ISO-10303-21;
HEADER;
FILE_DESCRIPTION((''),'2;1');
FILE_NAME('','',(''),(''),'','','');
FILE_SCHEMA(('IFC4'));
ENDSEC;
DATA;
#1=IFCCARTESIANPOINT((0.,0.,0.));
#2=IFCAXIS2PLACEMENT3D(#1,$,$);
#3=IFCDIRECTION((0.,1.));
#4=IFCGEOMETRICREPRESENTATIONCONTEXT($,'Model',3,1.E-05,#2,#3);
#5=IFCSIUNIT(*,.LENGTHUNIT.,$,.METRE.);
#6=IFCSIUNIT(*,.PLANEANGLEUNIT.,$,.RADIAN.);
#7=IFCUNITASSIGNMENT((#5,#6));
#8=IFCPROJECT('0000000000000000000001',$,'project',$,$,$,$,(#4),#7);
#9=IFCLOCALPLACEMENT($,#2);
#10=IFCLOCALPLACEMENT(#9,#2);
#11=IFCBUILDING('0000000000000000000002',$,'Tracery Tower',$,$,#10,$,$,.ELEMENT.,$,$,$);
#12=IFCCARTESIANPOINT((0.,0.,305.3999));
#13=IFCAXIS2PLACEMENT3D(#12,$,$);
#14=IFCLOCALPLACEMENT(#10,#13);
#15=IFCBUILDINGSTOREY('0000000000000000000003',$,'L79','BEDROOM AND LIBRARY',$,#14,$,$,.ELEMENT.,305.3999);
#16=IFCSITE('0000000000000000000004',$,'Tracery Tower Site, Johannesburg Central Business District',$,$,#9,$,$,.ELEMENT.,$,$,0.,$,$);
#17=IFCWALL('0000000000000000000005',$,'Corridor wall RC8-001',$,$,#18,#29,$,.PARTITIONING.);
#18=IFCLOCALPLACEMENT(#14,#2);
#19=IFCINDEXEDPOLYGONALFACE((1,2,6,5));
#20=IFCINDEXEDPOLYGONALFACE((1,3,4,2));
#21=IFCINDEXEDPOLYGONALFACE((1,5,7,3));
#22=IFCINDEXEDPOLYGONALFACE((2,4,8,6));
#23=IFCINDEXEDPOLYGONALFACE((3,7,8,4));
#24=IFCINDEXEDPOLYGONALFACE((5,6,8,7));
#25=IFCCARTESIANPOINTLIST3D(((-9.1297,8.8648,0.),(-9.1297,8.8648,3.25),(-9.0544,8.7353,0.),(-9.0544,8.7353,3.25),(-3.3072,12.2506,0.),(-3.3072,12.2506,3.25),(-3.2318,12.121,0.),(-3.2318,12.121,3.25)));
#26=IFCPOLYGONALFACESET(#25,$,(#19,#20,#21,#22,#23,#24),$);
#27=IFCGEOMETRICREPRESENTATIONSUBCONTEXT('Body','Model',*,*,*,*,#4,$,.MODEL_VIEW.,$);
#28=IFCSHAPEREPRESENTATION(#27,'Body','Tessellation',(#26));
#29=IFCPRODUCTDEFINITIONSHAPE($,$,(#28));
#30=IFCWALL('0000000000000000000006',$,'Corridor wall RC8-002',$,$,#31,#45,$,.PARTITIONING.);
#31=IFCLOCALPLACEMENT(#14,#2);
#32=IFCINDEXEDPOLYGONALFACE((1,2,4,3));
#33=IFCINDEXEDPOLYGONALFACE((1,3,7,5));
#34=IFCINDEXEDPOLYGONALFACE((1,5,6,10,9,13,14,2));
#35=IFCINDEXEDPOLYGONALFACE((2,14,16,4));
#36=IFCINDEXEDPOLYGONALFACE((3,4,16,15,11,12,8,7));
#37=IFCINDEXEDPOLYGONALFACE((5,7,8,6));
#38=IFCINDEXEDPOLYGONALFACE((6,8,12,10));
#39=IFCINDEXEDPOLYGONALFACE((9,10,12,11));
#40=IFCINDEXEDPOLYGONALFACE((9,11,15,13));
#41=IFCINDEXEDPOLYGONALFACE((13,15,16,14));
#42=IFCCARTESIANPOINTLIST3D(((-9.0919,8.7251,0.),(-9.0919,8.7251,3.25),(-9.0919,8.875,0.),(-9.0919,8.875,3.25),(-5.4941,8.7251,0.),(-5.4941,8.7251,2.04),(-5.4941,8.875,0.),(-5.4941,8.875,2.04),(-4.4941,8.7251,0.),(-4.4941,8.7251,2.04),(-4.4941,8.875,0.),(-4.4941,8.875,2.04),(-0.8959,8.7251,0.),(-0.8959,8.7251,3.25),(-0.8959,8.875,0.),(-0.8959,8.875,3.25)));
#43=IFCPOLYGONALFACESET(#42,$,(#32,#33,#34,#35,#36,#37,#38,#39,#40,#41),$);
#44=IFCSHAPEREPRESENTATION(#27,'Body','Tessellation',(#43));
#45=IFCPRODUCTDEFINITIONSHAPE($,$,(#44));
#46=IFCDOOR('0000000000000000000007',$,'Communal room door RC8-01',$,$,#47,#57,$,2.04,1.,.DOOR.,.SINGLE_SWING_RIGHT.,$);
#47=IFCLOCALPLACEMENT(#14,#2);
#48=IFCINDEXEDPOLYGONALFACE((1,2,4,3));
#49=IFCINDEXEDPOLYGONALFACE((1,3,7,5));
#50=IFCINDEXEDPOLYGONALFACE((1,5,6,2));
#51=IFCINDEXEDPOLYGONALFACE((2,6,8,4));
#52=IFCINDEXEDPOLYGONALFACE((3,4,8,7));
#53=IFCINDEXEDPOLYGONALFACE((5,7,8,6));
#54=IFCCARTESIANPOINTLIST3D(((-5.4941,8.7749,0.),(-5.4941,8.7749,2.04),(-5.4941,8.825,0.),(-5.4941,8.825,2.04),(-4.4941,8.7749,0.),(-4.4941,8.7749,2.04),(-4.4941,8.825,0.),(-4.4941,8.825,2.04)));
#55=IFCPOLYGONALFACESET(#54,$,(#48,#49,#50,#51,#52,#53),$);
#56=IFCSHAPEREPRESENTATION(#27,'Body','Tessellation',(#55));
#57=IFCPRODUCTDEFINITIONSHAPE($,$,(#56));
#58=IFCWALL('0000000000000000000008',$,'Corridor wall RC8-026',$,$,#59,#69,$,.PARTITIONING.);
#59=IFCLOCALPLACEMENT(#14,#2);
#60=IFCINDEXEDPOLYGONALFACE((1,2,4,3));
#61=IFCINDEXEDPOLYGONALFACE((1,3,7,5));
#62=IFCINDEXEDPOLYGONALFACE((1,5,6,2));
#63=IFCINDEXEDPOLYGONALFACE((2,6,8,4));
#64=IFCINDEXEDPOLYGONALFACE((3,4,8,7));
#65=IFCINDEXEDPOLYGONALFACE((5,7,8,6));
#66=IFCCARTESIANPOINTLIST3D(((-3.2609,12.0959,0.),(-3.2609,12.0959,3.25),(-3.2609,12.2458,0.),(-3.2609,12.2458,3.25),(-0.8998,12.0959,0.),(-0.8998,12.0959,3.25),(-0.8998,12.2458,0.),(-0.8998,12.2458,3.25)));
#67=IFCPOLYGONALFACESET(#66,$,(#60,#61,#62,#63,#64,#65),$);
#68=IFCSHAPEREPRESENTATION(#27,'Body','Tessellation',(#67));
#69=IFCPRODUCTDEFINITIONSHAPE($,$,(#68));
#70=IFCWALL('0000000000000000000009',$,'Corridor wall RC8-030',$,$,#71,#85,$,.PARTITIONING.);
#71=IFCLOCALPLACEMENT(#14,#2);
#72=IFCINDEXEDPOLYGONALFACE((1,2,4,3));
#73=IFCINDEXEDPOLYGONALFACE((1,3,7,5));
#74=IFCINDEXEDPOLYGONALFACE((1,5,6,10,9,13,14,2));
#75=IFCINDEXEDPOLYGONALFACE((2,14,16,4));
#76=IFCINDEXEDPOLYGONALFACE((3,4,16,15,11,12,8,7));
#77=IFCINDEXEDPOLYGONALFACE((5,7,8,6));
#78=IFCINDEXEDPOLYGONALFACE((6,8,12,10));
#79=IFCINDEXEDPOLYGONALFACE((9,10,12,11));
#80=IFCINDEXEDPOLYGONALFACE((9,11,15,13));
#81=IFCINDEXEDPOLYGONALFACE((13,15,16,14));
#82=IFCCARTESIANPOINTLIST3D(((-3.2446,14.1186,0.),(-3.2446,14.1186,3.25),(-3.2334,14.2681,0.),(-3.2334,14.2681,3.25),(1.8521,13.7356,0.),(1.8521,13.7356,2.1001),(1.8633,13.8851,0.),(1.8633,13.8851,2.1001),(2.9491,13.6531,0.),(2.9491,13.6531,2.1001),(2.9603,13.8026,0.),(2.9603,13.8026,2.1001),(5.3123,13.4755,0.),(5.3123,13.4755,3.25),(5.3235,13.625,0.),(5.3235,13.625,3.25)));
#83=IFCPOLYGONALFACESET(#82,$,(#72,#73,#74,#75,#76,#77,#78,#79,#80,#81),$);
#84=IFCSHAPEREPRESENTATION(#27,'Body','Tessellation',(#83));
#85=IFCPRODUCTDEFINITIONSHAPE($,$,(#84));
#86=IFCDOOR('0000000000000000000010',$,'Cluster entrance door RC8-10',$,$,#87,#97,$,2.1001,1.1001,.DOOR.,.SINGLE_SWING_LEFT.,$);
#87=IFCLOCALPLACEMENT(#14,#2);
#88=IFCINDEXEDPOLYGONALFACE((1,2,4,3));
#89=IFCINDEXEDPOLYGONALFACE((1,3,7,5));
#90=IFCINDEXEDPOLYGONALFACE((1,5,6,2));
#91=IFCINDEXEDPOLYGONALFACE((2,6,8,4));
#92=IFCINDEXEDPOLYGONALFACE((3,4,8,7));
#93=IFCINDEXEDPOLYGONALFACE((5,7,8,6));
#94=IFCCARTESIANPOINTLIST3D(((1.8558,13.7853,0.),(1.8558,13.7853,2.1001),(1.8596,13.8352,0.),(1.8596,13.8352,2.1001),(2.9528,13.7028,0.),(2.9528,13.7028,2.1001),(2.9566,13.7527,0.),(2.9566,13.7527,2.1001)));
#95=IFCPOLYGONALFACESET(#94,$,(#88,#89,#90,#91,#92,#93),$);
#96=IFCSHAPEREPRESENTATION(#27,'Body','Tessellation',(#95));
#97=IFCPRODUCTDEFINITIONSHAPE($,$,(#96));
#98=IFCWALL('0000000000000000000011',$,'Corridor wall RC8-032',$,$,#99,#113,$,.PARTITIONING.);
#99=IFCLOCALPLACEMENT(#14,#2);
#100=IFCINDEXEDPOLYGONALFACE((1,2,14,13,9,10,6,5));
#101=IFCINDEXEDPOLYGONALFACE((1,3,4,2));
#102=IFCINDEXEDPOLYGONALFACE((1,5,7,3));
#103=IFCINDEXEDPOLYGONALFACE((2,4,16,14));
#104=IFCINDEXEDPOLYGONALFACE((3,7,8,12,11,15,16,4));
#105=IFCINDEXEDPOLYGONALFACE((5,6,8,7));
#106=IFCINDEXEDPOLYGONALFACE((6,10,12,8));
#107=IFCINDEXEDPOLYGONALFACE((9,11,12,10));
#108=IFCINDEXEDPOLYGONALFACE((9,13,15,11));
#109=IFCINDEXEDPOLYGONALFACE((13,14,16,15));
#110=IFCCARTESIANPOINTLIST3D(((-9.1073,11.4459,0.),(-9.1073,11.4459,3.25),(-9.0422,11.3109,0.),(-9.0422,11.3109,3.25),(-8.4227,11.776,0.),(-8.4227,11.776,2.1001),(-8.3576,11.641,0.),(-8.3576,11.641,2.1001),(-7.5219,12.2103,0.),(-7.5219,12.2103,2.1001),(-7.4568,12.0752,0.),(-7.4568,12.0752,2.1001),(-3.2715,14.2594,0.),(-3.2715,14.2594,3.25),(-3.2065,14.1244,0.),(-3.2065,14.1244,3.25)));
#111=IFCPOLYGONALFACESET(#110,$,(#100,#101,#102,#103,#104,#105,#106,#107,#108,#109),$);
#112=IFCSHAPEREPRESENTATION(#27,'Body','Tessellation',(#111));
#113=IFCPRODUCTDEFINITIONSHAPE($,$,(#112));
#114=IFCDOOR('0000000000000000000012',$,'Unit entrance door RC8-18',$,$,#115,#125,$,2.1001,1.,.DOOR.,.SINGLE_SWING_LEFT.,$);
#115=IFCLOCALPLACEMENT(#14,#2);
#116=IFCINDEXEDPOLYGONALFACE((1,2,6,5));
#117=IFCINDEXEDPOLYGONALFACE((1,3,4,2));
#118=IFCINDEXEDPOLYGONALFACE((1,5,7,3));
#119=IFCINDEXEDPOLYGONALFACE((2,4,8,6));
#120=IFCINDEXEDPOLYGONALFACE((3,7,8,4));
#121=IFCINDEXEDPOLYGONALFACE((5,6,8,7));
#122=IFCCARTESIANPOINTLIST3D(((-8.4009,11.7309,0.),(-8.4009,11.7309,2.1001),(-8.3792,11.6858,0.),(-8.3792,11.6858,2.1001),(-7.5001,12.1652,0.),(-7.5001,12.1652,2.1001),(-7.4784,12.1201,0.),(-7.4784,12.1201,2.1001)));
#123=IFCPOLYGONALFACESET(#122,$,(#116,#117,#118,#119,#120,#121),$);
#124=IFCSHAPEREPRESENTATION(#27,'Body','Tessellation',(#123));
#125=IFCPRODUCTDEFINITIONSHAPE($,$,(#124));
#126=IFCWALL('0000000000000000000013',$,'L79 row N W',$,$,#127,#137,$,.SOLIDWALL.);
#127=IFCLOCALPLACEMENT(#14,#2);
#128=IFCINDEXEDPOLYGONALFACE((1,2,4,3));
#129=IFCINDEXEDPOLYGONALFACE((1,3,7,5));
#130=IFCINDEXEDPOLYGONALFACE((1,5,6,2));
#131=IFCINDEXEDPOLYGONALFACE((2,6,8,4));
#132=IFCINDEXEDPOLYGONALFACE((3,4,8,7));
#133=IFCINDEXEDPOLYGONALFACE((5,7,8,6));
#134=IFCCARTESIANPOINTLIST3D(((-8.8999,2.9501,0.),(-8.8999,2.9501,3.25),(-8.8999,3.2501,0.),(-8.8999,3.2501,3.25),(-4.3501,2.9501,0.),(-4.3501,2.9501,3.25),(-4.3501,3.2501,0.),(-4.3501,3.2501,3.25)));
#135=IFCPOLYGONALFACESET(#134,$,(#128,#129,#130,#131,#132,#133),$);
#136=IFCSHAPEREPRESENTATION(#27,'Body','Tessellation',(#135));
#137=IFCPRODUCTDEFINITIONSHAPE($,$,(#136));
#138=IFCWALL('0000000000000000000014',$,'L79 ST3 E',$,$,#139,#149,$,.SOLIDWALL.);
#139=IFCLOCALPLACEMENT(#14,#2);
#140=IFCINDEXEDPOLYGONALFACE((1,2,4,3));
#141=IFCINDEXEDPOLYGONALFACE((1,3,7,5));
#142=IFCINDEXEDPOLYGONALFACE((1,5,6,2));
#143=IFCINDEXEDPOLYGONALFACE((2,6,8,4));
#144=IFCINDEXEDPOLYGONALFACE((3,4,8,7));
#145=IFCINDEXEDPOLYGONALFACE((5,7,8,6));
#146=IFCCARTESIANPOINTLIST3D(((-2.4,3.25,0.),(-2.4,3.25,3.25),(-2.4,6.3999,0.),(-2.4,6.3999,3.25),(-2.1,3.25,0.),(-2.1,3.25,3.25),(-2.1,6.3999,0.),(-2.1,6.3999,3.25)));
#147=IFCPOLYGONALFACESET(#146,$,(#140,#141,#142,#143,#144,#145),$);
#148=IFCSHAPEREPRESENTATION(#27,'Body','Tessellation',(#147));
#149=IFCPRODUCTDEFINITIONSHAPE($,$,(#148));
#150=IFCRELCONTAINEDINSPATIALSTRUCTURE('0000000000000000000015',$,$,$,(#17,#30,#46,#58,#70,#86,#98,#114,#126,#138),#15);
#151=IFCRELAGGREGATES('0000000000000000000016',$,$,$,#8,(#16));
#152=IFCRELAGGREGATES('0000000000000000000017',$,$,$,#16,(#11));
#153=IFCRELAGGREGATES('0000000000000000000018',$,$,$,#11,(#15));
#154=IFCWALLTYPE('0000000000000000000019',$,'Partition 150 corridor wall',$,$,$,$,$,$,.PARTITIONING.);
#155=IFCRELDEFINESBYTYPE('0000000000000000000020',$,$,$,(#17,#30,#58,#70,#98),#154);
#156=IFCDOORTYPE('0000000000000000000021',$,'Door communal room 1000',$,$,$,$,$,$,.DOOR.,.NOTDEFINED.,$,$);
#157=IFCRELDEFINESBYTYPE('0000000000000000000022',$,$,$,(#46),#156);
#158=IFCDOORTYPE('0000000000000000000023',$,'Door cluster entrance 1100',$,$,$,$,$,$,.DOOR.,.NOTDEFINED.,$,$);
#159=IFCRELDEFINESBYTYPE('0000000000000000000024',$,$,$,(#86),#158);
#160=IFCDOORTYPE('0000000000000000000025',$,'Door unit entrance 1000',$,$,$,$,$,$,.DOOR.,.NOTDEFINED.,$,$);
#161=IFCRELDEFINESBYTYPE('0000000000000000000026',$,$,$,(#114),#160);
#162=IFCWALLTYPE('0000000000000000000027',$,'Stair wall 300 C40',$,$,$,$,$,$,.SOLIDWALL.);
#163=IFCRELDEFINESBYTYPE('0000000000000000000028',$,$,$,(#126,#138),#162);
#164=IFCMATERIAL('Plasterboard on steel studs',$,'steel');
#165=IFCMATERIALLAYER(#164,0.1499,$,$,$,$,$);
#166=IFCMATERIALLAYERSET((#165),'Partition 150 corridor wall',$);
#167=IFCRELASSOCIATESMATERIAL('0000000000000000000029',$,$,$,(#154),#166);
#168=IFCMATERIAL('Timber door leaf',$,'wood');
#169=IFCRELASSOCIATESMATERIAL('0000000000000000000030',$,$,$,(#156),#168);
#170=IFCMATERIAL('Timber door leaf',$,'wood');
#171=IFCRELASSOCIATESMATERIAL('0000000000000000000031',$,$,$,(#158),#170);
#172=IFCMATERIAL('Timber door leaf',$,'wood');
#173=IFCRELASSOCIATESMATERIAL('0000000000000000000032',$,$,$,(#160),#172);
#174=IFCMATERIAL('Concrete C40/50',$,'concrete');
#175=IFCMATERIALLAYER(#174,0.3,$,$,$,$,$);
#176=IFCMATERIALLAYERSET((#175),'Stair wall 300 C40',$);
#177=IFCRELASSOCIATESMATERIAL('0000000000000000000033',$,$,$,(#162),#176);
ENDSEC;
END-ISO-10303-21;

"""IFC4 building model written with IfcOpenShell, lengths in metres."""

from ifc_helpers import new_model, si_unit, direction, frame, frame_2d, origin, place, context, subcontext, project, spatial, rectangle, extrude, material, layer, layer_set, type_object, element, fill, save


model = new_model("IFC4")

# Units and contexts
model_context = context("Model", 3, precision=1e-05, world=origin(), true_north=direction((0.0, 1.0)))
body_context = subcontext(model_context, "Body", "Model", "MODEL_VIEW")
ifc_project = project(units=[si_unit("LENGTHUNIT", "METRE"), si_unit("PLANEANGLEUNIT", "RADIAN")], contexts=[model_context])

# Site, building, storey
site_placement = place(None, origin())
site = spatial("IfcSite", under=ifc_project, at=site_placement, Name="Tracery Tower Site, Johannesburg Central Business District", CompositionType="ELEMENT", RefElevation=0.0)
building_placement = place(site_placement, origin())
building = spatial("IfcBuilding", under=site, at=building_placement, Name="Tracery Tower", CompositionType="ELEMENT")
storey_placement = place(building_placement, frame((0.0, 0.0, 305.3999)))
storey = spatial("IfcBuildingStorey", under=building, at=storey_placement, Name="L79", Description="BEDROOM AND LIBRARY", CompositionType="ELEMENT", Elevation=305.3999)

# Wall
ifc_material_1 = material(Name="Plasterboard on steel studs", Category="steel")
ifc_layer_1 = layer(ifc_material_1, 0.1499)
ifc_layer_set_1 = layer_set([ifc_layer_1], Name="Partition 150 corridor wall")
wall_type_1 = type_object("IfcWallType", Name="Partition 150 corridor wall", PredefinedType="PARTITIONING", material=ifc_layer_set_1)
wall_1_placement = place(storey_placement, frame((-9.092, 8.8, 0.0), z_axis=(0.0, 0.0, 1.0), x_axis=(0.864471, 0.502683, 0.0)))
element("IfcWall", 1, at=wall_1_placement, inside=storey, type_object=wall_type_1, Name="Corridor wall RC8-001", PredefinedType="PARTITIONING", context=body_context, shape_type="SweptSolid", body=[
    extrude(rectangle(XDim=6.7354, YDim=0.1499, at=frame_2d((3.3677, 0.0))), origin(), (0.0, 0.0, 1.0), 3.25),
])

# Wall, opening, door
wall_2_placement = place(storey_placement, frame((-9.092, 8.8, 0.0), z_axis=(0.0, 0.0, 1.0), x_axis=(1.0, 0.0, 0.0)))
wall_2 = element("IfcWall", 2, at=wall_2_placement, inside=storey, type_object=wall_type_1, Name="Corridor wall RC8-002", PredefinedType="PARTITIONING", context=body_context, shape_type="SweptSolid", body=[
    extrude(rectangle(XDim=8.196, YDim=0.1499, at=frame_2d((4.0981, 0.0))), origin(), (0.0, 0.0, 1.0), 3.25),
])
opening_1_placement = place(wall_2_placement, frame((3.5979, 0.0, 0.0)))
opening_1 = element("IfcOpeningElement", 3, at=opening_1_placement, cuts=wall_2, PredefinedType="OPENING", context=body_context, shape_type="SweptSolid", body=[
    extrude(rectangle(XDim=1.0, YDim=2.04, at=frame_2d((0.5, 1.02))), frame((0.0, 0.075, 0.0), z_axis=(0.0, -1.0, 0.0), x_axis=(1.0, 0.0, 0.0)), (0.0, 0.0, 1.0), 0.1499),
])
ifc_material_2 = material(Name="Timber door leaf", Category="wood")
door_type_1 = type_object("IfcDoorType", Name="Door communal room 1000", OperationType="NOTDEFINED", PredefinedType="DOOR", material=ifc_material_2)
door_1_placement = place(opening_1_placement, origin())
door_1 = element("IfcDoor", 4, at=door_1_placement, inside=storey, type_object=door_type_1, Name="Communal room door RC8-01", OperationType="SINGLE_SWING_RIGHT", OverallHeight=2.04, OverallWidth=1.0, PredefinedType="DOOR", context=body_context, shape_type="SweptSolid", body=[
    extrude(rectangle(XDim=1.0, YDim=2.04, at=frame_2d((0.5, 1.02))), frame((0.0, 0.0249, 0.0), z_axis=(0.0, -1.0, 0.0), x_axis=(1.0, 0.0, 0.0)), (0.0, 0.0, 1.0), 0.05),
])
fill(opening_1, door_1)

# Wall
wall_3_placement = place(storey_placement, frame((-3.261, 12.1709, 0.0), z_axis=(0.0, 0.0, 1.0), x_axis=(1.0, 0.0, 0.0)))
element("IfcWall", 5, at=wall_3_placement, inside=storey, type_object=wall_type_1, Name="Corridor wall RC8-026", PredefinedType="PARTITIONING", context=body_context, shape_type="SweptSolid", body=[
    extrude(rectangle(XDim=2.3611, YDim=0.1499, at=frame_2d((1.1807, 0.0))), origin(), (0.0, 0.0, 1.0), 3.25),
])

# Walls, openings, doors
wall_4_placement = place(storey_placement, frame((-3.239, 14.1934, 0.0), z_axis=(0.0, 0.0, 1.0), x_axis=(0.997188, -0.074941, 0.0)))
wall_4 = element("IfcWall", 6, at=wall_4_placement, inside=storey, type_object=wall_type_1, Name="Corridor wall RC8-030", PredefinedType="PARTITIONING", context=body_context, shape_type="SweptSolid", body=[
    extrude(rectangle(XDim=8.5811, YDim=0.1499, at=frame_2d((4.2905, 0.0))), origin(), (0.0, 0.0, 1.0), 3.25),
])
opening_2_placement = place(wall_4_placement, frame((5.1111, 0.0, 0.0)))
opening_2 = element("IfcOpeningElement", 7, at=opening_2_placement, cuts=wall_4, PredefinedType="OPENING", context=body_context, shape_type="SweptSolid", body=[
    extrude(rectangle(XDim=1.1001, YDim=2.1001, at=frame_2d((0.55, 1.05))), frame((0.0, 0.075, 0.0), z_axis=(0.0, -1.0, 0.0), x_axis=(1.0, 0.0, 0.0)), (0.0, 0.0, 1.0), 0.1499),
])
ifc_material_3 = material(Name="Timber door leaf", Category="wood")
door_type_2 = type_object("IfcDoorType", Name="Door cluster entrance 1100", OperationType="NOTDEFINED", PredefinedType="DOOR", material=ifc_material_3)
door_2_placement = place(opening_2_placement, origin())
door_2 = element("IfcDoor", 8, at=door_2_placement, inside=storey, type_object=door_type_2, Name="Cluster entrance door RC8-10", OperationType="SINGLE_SWING_LEFT", OverallHeight=2.1001, OverallWidth=1.1001, PredefinedType="DOOR", context=body_context, shape_type="SweptSolid", body=[
    extrude(rectangle(XDim=1.1001, YDim=2.1001, at=frame_2d((0.55, 1.05))), frame((0.0, 0.0249, 0.0), z_axis=(0.0, -1.0, 0.0), x_axis=(1.0, 0.0, 0.0)), (0.0, 0.0, 1.0), 0.05),
])
fill(opening_2, door_2)
wall_5_placement = place(storey_placement, frame((-9.0747, 11.3784, 0.0), z_axis=(0.0, 0.0, 1.0), x_axis=(0.900778, 0.434279, 0.0)))
wall_5 = element("IfcWall", 9, at=wall_5_placement, inside=storey, type_object=wall_type_1, Name="Corridor wall RC8-032", PredefinedType="PARTITIONING", context=body_context, shape_type="SweptSolid", body=[
    extrude(rectangle(XDim=6.4785, YDim=0.1499, at=frame_2d((3.2393, 0.0))), origin(), (0.0, 0.0, 1.0), 3.25),
])
opening_3_placement = place(wall_5_placement, frame((0.76, 0.0, 0.0)))
opening_3 = element("IfcOpeningElement", 10, at=opening_3_placement, cuts=wall_5, PredefinedType="OPENING", context=body_context, shape_type="SweptSolid", body=[
    extrude(rectangle(XDim=1.0, YDim=2.1001, at=frame_2d((0.5, 1.05))), frame((0.0, 0.075, 0.0), z_axis=(0.0, -1.0, 0.0), x_axis=(1.0, 0.0, 0.0)), (0.0, 0.0, 1.0), 0.1499),
])
ifc_material_4 = material(Name="Timber door leaf", Category="wood")
door_type_3 = type_object("IfcDoorType", Name="Door unit entrance 1000", OperationType="NOTDEFINED", PredefinedType="DOOR", material=ifc_material_4)
door_3_placement = place(opening_3_placement, origin())
door_3 = element("IfcDoor", 11, at=door_3_placement, inside=storey, type_object=door_type_3, Name="Unit entrance door RC8-18", OperationType="SINGLE_SWING_LEFT", OverallHeight=2.1001, OverallWidth=1.0, PredefinedType="DOOR", context=body_context, shape_type="SweptSolid", body=[
    extrude(rectangle(XDim=1.0, YDim=2.1001, at=frame_2d((0.5, 1.05))), frame((0.0, 0.0249, 0.0), z_axis=(0.0, -1.0, 0.0), x_axis=(1.0, 0.0, 0.0)), (0.0, 0.0, 1.0), 0.05),
])
fill(opening_3, door_3)

# Wall
ifc_material_5 = material(Name="Concrete C40/50", Category="concrete")
ifc_layer_2 = layer(ifc_material_5, 0.3)
ifc_layer_set_2 = layer_set([ifc_layer_2], Name="Stair wall 300 C40")
wall_type_2 = type_object("IfcWallType", Name="Stair wall 300 C40", PredefinedType="SOLIDWALL", material=ifc_layer_set_2)
wall_6_placement = place(storey_placement, frame((-8.8999, 3.1001, 0.0), z_axis=(0.0, 0.0, 1.0), x_axis=(1.0, 0.0, 0.0)))
element("IfcWall", 12, at=wall_6_placement, inside=storey, type_object=wall_type_2, Name="L79 row N W", PredefinedType="SOLIDWALL", context=body_context, shape_type="SweptSolid", body=[
    extrude(rectangle(XDim=4.5498, YDim=0.3, at=frame_2d((2.2749, 0.0))), origin(), (0.0, 0.0, 1.0), 3.25),
])

# Wall
wall_7_placement = place(storey_placement, frame((-2.25, 3.25, 0.0), z_axis=(0.0, 0.0, 1.0), x_axis=(0.0, 1.0, 0.0)))
element("IfcWall", 13, at=wall_7_placement, inside=storey, type_object=wall_type_2, Name="L79 ST3 E", PredefinedType="SOLIDWALL", context=body_context, shape_type="SweptSolid", body=[
    extrude(rectangle(XDim=3.1499, YDim=0.3, at=frame_2d((1.575, 0.0))), origin(), (0.0, 0.0, 1.0), 3.25),
])

save(model, "model.ifc")
